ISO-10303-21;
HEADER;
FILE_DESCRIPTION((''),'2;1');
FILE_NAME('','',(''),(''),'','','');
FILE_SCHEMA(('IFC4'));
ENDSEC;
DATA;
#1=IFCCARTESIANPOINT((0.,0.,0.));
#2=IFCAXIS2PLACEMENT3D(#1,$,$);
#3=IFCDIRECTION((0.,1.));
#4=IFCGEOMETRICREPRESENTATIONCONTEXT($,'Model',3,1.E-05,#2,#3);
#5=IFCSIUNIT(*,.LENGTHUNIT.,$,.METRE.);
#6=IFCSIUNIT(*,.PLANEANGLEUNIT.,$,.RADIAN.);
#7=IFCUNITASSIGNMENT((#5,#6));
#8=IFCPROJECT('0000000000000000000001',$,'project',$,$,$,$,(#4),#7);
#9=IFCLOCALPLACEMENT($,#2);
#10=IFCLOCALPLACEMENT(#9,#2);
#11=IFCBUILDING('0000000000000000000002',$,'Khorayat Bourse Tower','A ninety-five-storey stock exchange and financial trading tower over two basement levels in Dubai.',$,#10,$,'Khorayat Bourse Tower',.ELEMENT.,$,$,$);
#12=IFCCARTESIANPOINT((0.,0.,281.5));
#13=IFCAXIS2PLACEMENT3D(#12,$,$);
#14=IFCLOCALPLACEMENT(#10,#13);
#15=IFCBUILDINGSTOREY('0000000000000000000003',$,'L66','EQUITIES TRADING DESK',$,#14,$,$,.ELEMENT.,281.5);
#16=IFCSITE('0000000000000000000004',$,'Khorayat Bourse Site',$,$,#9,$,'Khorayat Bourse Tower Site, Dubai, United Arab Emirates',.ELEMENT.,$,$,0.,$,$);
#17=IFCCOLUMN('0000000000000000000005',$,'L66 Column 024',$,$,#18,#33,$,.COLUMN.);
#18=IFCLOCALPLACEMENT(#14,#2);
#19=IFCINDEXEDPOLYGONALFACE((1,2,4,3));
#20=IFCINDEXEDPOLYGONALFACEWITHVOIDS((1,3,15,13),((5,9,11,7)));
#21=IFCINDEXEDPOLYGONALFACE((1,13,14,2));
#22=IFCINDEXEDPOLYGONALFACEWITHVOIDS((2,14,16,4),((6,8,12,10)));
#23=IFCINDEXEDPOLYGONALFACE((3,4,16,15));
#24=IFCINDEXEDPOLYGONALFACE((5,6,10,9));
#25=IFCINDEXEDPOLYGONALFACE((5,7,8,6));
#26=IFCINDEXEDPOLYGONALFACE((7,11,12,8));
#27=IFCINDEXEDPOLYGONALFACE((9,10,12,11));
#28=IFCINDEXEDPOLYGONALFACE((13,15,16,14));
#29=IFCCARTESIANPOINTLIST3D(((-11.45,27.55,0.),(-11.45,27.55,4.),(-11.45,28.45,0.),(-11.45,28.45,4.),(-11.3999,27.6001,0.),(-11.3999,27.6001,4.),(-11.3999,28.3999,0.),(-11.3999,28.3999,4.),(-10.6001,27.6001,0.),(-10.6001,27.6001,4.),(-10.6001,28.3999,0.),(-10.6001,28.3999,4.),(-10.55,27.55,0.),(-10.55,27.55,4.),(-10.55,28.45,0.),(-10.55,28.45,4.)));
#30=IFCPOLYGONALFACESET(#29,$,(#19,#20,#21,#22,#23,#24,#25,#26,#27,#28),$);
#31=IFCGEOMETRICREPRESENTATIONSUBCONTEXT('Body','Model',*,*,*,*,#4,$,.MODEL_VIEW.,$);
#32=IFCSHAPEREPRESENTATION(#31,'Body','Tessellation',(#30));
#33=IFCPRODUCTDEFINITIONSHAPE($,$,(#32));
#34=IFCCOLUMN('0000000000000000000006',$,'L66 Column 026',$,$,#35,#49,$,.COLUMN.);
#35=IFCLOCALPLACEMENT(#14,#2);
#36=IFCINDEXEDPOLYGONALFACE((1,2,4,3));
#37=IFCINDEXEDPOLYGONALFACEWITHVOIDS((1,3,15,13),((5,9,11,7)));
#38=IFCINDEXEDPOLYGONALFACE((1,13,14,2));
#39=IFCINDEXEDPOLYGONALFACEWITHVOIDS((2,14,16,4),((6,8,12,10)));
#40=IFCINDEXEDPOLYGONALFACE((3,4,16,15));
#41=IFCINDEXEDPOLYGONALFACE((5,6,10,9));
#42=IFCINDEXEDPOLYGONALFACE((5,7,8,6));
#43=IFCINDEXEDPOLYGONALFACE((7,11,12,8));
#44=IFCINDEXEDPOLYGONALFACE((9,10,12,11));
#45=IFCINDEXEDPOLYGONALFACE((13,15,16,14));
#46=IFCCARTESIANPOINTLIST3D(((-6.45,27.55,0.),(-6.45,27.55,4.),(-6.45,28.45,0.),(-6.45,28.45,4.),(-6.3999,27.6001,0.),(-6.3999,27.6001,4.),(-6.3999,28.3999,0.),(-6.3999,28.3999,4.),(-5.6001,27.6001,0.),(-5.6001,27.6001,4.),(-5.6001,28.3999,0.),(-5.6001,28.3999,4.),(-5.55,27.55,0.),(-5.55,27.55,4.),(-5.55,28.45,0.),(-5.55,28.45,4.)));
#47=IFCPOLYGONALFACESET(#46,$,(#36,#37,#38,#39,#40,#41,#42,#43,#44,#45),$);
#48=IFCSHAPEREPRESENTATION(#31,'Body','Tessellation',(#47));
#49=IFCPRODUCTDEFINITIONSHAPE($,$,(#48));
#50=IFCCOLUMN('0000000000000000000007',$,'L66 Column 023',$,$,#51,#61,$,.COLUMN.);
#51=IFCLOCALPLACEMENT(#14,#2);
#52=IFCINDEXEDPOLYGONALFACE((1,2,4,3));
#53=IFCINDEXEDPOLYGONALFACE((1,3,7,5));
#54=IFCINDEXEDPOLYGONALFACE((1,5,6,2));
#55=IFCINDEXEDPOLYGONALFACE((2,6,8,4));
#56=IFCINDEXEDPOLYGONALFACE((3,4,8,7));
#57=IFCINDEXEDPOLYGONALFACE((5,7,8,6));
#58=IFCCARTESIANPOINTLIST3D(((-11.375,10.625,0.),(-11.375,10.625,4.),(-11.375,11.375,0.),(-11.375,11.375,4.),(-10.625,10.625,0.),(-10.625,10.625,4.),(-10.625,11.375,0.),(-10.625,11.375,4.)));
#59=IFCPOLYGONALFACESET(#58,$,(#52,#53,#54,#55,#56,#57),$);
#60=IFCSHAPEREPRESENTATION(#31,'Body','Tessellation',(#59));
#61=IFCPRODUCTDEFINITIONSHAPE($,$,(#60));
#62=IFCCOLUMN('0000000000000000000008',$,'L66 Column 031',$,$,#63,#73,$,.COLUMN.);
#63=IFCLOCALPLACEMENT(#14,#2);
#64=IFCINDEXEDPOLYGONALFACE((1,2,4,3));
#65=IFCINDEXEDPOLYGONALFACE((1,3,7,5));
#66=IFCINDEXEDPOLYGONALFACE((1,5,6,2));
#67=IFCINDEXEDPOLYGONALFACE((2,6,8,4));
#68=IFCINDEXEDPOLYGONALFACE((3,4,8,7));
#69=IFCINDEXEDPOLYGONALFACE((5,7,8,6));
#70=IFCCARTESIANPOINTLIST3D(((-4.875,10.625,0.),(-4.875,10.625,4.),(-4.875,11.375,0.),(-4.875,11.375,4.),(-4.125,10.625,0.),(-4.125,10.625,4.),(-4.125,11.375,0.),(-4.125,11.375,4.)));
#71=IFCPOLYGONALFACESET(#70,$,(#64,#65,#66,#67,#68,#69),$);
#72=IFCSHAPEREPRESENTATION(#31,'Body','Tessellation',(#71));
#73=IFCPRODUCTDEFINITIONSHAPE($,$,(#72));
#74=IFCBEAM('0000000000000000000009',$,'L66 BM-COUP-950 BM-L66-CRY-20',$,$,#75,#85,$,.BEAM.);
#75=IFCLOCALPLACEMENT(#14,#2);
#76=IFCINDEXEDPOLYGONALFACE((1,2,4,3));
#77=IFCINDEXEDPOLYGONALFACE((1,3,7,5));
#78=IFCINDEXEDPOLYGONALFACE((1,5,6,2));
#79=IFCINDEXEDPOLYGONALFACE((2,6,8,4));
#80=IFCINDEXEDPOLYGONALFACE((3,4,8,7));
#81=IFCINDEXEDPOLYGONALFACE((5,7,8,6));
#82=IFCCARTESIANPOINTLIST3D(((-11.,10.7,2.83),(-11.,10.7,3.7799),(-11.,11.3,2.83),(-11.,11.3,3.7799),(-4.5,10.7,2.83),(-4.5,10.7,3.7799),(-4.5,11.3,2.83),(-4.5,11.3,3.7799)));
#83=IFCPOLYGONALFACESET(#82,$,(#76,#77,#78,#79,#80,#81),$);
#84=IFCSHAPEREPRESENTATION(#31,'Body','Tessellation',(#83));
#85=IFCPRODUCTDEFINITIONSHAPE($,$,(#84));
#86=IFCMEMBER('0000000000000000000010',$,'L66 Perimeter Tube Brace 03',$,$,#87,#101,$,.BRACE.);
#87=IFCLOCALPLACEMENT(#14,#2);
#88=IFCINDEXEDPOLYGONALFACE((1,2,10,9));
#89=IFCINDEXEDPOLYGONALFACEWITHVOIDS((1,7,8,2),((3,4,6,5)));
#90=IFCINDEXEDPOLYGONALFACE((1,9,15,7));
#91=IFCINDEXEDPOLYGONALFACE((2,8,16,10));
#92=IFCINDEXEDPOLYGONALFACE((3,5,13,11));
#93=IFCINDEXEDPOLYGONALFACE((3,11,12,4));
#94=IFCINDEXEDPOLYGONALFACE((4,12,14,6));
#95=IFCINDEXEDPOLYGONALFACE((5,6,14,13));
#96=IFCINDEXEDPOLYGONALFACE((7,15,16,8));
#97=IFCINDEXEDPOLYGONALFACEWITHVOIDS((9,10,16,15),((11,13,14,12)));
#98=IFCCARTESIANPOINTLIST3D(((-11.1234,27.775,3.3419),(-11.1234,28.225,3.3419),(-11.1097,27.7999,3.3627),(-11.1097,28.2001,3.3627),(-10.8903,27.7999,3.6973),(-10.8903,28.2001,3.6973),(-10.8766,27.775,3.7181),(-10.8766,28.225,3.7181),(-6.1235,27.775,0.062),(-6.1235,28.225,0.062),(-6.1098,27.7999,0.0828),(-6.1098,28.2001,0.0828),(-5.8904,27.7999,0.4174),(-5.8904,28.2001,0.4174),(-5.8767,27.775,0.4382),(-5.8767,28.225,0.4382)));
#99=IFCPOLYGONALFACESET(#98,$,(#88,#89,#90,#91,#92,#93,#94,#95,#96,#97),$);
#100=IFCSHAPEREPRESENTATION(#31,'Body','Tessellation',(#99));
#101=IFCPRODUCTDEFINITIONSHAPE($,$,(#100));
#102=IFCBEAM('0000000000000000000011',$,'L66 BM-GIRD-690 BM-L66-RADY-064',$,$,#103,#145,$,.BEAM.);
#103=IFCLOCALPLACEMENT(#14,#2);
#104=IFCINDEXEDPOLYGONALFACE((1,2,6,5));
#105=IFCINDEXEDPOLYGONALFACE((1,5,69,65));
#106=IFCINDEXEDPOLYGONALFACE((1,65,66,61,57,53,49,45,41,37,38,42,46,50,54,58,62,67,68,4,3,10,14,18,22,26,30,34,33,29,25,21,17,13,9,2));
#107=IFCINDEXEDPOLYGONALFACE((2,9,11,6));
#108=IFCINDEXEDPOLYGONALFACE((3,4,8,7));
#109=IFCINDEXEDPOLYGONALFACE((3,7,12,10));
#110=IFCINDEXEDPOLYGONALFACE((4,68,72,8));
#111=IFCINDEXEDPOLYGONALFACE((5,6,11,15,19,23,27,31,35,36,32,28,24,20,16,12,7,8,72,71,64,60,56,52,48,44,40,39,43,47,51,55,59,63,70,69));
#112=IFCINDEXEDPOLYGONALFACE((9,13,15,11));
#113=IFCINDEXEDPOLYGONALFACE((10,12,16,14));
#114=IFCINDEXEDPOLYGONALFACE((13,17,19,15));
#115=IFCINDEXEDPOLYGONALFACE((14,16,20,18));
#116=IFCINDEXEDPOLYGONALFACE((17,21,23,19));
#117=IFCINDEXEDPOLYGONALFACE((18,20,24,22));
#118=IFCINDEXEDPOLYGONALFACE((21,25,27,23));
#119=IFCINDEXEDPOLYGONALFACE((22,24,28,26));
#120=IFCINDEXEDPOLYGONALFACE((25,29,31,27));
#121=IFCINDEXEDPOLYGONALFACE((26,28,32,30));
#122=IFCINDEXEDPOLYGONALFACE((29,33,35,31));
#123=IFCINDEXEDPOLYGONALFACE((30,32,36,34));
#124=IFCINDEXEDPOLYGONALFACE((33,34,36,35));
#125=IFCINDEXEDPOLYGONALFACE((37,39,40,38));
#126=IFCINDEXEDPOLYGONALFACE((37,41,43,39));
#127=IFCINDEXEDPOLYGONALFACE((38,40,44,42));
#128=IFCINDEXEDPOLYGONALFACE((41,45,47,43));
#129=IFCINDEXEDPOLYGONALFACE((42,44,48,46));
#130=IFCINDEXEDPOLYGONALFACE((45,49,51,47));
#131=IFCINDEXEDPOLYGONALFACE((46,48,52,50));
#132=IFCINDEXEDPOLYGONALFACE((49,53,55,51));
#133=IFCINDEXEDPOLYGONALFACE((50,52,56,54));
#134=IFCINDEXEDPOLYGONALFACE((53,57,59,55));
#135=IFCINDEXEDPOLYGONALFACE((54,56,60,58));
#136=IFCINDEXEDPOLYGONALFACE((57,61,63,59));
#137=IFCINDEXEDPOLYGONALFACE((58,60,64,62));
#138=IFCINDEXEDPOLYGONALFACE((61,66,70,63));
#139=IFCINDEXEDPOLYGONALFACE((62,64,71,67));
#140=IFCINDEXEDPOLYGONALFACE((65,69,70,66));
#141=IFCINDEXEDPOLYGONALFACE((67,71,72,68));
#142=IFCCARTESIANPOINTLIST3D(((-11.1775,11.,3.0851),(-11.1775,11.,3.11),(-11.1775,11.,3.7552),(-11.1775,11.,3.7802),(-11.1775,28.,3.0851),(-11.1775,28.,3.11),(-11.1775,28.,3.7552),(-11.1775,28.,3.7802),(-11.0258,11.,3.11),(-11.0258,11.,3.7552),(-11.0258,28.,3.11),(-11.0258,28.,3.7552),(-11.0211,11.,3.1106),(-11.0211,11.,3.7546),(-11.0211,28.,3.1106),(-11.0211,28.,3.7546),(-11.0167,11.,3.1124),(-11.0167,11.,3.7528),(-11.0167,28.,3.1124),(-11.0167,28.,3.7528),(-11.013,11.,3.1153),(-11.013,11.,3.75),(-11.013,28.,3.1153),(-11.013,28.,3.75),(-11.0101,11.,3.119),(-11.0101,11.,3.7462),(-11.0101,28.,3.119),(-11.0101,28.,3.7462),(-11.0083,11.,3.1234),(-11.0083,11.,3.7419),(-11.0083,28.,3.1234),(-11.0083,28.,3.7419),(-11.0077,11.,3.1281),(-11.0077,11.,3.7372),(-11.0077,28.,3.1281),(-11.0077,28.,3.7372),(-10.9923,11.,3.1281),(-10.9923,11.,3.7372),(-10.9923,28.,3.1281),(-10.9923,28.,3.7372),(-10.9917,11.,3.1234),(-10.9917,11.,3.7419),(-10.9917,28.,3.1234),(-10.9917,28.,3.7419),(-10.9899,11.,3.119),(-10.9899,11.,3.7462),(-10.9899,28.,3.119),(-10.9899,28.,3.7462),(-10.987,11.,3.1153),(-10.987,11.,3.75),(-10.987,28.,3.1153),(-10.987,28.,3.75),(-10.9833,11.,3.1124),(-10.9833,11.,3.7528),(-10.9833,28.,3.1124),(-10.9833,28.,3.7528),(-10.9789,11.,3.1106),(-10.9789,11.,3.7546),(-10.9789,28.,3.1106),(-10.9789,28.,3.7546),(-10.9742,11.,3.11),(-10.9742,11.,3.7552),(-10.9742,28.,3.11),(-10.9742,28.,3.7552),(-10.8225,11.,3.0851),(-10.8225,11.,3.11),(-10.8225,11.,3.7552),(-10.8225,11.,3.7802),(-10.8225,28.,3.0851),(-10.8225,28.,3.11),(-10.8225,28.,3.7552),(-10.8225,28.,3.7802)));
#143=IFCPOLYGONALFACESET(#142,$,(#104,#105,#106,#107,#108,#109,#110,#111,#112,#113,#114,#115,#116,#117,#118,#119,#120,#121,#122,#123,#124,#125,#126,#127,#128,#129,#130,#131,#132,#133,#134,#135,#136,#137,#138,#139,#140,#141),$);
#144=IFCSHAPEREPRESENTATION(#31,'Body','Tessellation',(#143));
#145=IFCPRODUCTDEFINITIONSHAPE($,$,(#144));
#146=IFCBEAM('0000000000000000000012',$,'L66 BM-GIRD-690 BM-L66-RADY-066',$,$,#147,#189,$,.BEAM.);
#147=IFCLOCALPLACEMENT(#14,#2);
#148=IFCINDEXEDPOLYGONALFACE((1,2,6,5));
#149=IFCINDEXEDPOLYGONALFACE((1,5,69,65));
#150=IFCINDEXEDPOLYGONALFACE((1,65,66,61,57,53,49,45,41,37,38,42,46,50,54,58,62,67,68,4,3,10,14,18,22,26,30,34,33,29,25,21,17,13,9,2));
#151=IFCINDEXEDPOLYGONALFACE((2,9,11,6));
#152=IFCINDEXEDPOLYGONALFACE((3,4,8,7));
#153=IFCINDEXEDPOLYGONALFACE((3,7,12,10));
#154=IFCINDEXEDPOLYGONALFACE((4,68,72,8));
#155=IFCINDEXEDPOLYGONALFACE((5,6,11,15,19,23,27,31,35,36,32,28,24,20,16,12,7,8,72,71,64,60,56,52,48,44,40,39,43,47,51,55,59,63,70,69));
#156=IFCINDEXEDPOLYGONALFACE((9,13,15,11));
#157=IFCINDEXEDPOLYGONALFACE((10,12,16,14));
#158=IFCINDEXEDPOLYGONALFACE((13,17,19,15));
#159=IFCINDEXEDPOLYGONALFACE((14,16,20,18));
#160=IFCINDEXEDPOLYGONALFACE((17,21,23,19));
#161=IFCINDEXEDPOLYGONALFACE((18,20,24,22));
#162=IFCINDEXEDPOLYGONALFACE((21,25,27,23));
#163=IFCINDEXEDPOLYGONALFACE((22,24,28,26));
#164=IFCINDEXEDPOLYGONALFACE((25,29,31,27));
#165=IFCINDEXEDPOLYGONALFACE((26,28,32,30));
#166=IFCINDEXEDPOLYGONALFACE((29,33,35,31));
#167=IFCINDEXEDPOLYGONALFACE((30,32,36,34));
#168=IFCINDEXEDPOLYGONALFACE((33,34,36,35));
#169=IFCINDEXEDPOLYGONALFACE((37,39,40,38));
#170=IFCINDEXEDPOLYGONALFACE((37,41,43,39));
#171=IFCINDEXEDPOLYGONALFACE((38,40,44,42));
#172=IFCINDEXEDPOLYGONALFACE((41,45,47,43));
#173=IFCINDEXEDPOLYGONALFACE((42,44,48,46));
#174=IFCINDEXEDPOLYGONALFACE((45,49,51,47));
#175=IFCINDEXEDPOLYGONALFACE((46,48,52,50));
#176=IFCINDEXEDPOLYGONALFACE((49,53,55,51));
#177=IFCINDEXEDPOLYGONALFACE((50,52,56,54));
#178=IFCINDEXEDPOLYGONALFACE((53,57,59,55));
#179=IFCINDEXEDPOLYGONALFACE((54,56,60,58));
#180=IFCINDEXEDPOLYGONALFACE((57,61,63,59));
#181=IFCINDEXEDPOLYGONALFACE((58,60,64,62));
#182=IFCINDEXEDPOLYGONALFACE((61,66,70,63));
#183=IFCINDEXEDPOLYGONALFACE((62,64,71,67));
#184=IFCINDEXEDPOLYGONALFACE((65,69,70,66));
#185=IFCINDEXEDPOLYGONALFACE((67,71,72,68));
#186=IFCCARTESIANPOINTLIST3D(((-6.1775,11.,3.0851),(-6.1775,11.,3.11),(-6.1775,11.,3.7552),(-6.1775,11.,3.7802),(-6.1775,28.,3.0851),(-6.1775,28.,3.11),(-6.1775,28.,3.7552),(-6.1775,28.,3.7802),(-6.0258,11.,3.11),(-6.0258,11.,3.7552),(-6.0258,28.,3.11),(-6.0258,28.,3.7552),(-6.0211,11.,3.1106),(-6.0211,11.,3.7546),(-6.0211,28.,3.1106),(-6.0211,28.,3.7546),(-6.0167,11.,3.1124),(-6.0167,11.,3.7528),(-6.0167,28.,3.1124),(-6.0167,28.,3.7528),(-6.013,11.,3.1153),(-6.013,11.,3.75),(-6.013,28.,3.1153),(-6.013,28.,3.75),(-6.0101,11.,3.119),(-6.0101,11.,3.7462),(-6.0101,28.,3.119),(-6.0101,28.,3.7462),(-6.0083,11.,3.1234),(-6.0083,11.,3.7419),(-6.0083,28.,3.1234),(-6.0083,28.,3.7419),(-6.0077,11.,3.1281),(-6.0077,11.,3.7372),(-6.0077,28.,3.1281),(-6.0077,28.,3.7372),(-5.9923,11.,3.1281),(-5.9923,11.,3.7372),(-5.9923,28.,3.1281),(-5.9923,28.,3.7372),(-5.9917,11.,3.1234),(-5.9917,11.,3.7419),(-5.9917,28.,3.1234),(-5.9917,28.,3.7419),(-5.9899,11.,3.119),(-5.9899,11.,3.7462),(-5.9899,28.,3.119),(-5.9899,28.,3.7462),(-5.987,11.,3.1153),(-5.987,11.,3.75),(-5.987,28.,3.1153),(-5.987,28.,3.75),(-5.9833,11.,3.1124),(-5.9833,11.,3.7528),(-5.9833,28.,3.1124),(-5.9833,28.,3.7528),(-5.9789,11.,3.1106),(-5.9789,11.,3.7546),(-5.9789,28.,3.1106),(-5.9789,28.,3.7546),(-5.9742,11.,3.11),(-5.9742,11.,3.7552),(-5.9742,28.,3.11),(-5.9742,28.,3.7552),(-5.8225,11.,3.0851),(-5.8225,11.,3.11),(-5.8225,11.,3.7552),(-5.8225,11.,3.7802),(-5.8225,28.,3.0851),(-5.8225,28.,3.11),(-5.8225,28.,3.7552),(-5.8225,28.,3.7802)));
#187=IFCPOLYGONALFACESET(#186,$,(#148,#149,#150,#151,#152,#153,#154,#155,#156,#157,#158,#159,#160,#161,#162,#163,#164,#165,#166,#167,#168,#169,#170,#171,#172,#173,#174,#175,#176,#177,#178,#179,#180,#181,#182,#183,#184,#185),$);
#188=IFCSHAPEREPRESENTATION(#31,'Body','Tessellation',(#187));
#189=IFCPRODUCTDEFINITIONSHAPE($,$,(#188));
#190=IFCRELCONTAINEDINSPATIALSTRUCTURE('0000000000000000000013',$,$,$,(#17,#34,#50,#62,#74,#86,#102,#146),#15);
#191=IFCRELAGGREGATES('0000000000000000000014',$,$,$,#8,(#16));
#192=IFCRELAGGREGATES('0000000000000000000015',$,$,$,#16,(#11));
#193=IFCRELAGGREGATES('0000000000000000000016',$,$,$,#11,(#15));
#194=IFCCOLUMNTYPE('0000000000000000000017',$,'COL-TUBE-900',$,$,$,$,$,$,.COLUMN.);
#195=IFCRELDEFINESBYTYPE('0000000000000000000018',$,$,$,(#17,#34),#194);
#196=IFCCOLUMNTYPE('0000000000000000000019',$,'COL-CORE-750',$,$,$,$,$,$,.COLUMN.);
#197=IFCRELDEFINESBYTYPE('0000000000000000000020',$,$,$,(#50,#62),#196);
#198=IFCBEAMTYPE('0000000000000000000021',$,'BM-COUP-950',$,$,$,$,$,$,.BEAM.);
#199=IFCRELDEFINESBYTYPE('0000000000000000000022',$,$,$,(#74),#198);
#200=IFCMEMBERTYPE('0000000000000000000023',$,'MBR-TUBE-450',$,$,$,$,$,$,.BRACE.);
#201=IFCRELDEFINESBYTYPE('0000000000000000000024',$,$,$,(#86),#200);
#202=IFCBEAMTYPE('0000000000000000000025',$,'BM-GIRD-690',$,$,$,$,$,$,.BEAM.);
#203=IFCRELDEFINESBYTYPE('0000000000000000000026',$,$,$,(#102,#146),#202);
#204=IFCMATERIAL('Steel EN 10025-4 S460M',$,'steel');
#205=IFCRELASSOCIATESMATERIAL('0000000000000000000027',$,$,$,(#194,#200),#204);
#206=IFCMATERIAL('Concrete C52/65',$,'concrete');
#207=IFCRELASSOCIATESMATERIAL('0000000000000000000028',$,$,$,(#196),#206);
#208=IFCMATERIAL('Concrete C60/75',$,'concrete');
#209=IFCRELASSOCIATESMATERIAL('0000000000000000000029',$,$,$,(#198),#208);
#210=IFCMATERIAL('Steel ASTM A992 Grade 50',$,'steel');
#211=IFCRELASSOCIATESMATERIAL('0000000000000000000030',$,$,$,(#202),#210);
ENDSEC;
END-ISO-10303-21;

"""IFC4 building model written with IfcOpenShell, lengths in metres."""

from ifc_helpers import new_model, si_unit, direction, frame, origin, origin_2d, place, context, subcontext, project, spatial, rectangle, hollow_rectangle, i_section, extrude, source, transform, mapped, material, material_profile, profile_set, type_object, element, save


model = new_model("IFC4")

# Units and contexts
model_context = context("Model", 3, precision=1e-05, world=origin(), true_north=direction((0.0, 1.0)))
body_context = subcontext(model_context, "Body", "Model", "MODEL_VIEW")
ifc_project = project(units=[si_unit("LENGTHUNIT", "METRE"), si_unit("PLANEANGLEUNIT", "RADIAN")], contexts=[model_context])

# Site, building, storey
site_placement = place(None, origin())
site = spatial("IfcSite", under=ifc_project, at=site_placement, Name="Khorayat Bourse Site", LongName="Khorayat Bourse Tower Site, Dubai, United Arab Emirates", CompositionType="ELEMENT", RefElevation=0.0)
building_placement = place(site_placement, origin())
building = spatial("IfcBuilding", under=site, at=building_placement, Name="Khorayat Bourse Tower", Description="A ninety-five-storey stock exchange and financial trading tower over two basement levels in Dubai.", LongName="Khorayat Bourse Tower", CompositionType="ELEMENT")
storey_placement = place(building_placement, frame((0.0, 0.0, 281.5)))
storey = spatial("IfcBuildingStorey", under=building, at=storey_placement, Name="L66", Description="EQUITIES TRADING DESK", CompositionType="ELEMENT", Elevation=281.5)

# Columns
ifc_material_1 = material(Name="Steel EN 10025-4 S460M", Category="steel")
ifc_material_profile_1 = material_profile(ifc_material_1, hollow_rectangle(XDim=0.8999, YDim=0.8999, WallThickness=0.05, at=origin_2d()), Name="BOX 900x900x50")
ifc_profile_set_1 = profile_set([ifc_material_profile_1], Name="Steel EN 10025-4 S460M")
column_type_1 = type_object("IfcColumnType", Name="COL-TUBE-900", PredefinedType="COLUMN", material=ifc_profile_set_1)
shared_shape_1 = source(origin(), body_context, "Body", "SweptSolid", [
    extrude(hollow_rectangle(XDim=0.8999, YDim=0.8999, WallThickness=0.05, at=origin_2d()), origin(), (0.0, 0.0, 1.0), 4.0),
])
for number, where, z_axis, x_axis, name in (
    (1, (-11.0, 28.0, 0.0), (0.0, 0.0, 1.0), (1.0, 0.0, 0.0), "L66 Column 024"),
    (2, (-6.0, 28.0, 0.0), (0.0, 0.0, 1.0), (1.0, 0.0, 0.0), "L66 Column 026"),
):
    element("IfcColumn", number, at=place(storey_placement, frame(where, z_axis=z_axis, x_axis=x_axis)), inside=storey, type_object=column_type_1, Name=name, PredefinedType="COLUMN", context=body_context, shape_type="MappedRepresentation", body=[
        mapped(shared_shape_1, transform((0.0, 0.0, 0.0), scale=1.0)),
    ])
ifc_material_2 = material(Name="Concrete C52/65", Category="concrete")
ifc_material_profile_2 = material_profile(ifc_material_2, rectangle(XDim=0.75, YDim=0.75, at=origin_2d()), Name="RC 750x750")
ifc_profile_set_2 = profile_set([ifc_material_profile_2], Name="Concrete C52/65")
column_type_2 = type_object("IfcColumnType", Name="COL-CORE-750", PredefinedType="COLUMN", material=ifc_profile_set_2)
shared_shape_2 = source(origin(), body_context, "Body", "SweptSolid", [
    extrude(rectangle(XDim=0.75, YDim=0.75, at=origin_2d()), origin(), (0.0, 0.0, 1.0), 4.0),
])
for number, where, z_axis, x_axis, name in (
    (3, (-11.0, 11.0, 0.0), (0.0, 0.0, 1.0), (1.0, 0.0, 0.0), "L66 Column 023"),
    (4, (-4.5, 11.0, 0.0), (0.0, 0.0, 1.0), (1.0, 0.0, 0.0), "L66 Column 031"),
):
    element("IfcColumn", number, at=place(storey_placement, frame(where, z_axis=z_axis, x_axis=x_axis)), inside=storey, type_object=column_type_2, Name=name, PredefinedType="COLUMN", context=body_context, shape_type="MappedRepresentation", body=[
        mapped(shared_shape_2, transform((0.0, 0.0, 0.0), scale=1.0)),
    ])

# Beam
ifc_material_3 = material(Name="Concrete C60/75", Category="concrete")
ifc_material_profile_3 = material_profile(ifc_material_3, rectangle(XDim=0.6001, YDim=0.95, at=origin_2d()), Name="RC 600x950")
ifc_profile_set_3 = profile_set([ifc_material_profile_3], Name="Concrete C60/75")
beam_type_1 = type_object("IfcBeamType", Name="BM-COUP-950", PredefinedType="BEAM", material=ifc_profile_set_3)
shared_shape_3 = source(origin(), body_context, "Body", "SweptSolid", [
    extrude(rectangle(XDim=0.6001, YDim=0.95, at=origin_2d()), origin(), (0.0, 0.0, 1.0), 6.5),
])
beam_1_placement = place(storey_placement, frame((-11.0, 11.0, 3.3049), z_axis=(1.0, 0.0, 0.0), x_axis=(0.0, 1.0, 0.0)))
element("IfcBeam", 5, at=beam_1_placement, inside=storey, type_object=beam_type_1, Name="L66 BM-COUP-950 BM-L66-CRY-20", PredefinedType="BEAM", context=body_context, shape_type="MappedRepresentation", body=[
    mapped(shared_shape_3, transform((0.0, 0.0, 0.0), scale=1.0)),
])

# Member
ifc_material_profile_4 = material_profile(ifc_material_1, hollow_rectangle(XDim=0.45, YDim=0.45, WallThickness=0.0249, at=origin_2d()), Name="HSS 450x450x25")
ifc_profile_set_4 = profile_set([ifc_material_profile_4], Name="Steel EN 10025-4 S460M")
member_type_1 = type_object("IfcMemberType", Name="MBR-TUBE-450", PredefinedType="BRACE", material=ifc_profile_set_4)
shared_shape_4 = source(origin(), body_context, "Body", "SweptSolid", [
    extrude(hollow_rectangle(XDim=0.45, YDim=0.45, WallThickness=0.0249, at=origin_2d()), origin(), (0.0, 0.0, 1.0), 5.9797),
])
member_1_placement = place(storey_placement, frame((-11.0, 28.0, 3.53), z_axis=(0.836142, 0.0, -0.548514), x_axis=(0.0, 1.0, 0.0)))
element("IfcMember", 6, at=member_1_placement, inside=storey, type_object=member_type_1, Name="L66 Perimeter Tube Brace 03", PredefinedType="BRACE", context=body_context, shape_type="MappedRepresentation", body=[
    mapped(shared_shape_4, transform((0.0, 0.0, 0.0), scale=1.0)),
])

# Beams
ifc_material_4 = material(Name="Steel ASTM A992 Grade 50", Category="steel")
ifc_material_profile_5 = material_profile(ifc_material_4, i_section(OverallWidth=0.355, OverallDepth=0.6951, WebThickness=0.0154, FlangeThickness=0.0249, FilletRadius=0.0181, at=origin_2d()), Name="W690X217")
ifc_profile_set_5 = profile_set([ifc_material_profile_5], Name="Steel ASTM A992 Grade 50")
beam_type_2 = type_object("IfcBeamType", Name="BM-GIRD-690", PredefinedType="BEAM", material=ifc_profile_set_5)
shared_shape_5 = source(origin(), body_context, "Body", "SweptSolid", [
    extrude(i_section(OverallWidth=0.355, OverallDepth=0.6951, WebThickness=0.0154, FlangeThickness=0.0249, FilletRadius=0.0181, at=origin_2d()), origin(), (0.0, 0.0, 1.0), 17.0),
])
for number, where, z_axis, x_axis, name in (
    (7, (-11.0, 11.0, 3.4326), (0.0, 1.0, 0.0), (-1.0, 0.0, 0.0), "L66 BM-GIRD-690 BM-L66-RADY-064"),
    (8, (-6.0, 11.0, 3.4326), (0.0, 1.0, 0.0), (-1.0, 0.0, 0.0), "L66 BM-GIRD-690 BM-L66-RADY-066"),
):
    element("IfcBeam", number, at=place(storey_placement, frame(where, z_axis=z_axis, x_axis=x_axis)), inside=storey, type_object=beam_type_2, Name=name, PredefinedType="BEAM", context=body_context, shape_type="MappedRepresentation", body=[
        mapped(shared_shape_5, transform((0.0, 0.0, 0.0), scale=1.0)),
    ])

save(model, "model.ifc")
